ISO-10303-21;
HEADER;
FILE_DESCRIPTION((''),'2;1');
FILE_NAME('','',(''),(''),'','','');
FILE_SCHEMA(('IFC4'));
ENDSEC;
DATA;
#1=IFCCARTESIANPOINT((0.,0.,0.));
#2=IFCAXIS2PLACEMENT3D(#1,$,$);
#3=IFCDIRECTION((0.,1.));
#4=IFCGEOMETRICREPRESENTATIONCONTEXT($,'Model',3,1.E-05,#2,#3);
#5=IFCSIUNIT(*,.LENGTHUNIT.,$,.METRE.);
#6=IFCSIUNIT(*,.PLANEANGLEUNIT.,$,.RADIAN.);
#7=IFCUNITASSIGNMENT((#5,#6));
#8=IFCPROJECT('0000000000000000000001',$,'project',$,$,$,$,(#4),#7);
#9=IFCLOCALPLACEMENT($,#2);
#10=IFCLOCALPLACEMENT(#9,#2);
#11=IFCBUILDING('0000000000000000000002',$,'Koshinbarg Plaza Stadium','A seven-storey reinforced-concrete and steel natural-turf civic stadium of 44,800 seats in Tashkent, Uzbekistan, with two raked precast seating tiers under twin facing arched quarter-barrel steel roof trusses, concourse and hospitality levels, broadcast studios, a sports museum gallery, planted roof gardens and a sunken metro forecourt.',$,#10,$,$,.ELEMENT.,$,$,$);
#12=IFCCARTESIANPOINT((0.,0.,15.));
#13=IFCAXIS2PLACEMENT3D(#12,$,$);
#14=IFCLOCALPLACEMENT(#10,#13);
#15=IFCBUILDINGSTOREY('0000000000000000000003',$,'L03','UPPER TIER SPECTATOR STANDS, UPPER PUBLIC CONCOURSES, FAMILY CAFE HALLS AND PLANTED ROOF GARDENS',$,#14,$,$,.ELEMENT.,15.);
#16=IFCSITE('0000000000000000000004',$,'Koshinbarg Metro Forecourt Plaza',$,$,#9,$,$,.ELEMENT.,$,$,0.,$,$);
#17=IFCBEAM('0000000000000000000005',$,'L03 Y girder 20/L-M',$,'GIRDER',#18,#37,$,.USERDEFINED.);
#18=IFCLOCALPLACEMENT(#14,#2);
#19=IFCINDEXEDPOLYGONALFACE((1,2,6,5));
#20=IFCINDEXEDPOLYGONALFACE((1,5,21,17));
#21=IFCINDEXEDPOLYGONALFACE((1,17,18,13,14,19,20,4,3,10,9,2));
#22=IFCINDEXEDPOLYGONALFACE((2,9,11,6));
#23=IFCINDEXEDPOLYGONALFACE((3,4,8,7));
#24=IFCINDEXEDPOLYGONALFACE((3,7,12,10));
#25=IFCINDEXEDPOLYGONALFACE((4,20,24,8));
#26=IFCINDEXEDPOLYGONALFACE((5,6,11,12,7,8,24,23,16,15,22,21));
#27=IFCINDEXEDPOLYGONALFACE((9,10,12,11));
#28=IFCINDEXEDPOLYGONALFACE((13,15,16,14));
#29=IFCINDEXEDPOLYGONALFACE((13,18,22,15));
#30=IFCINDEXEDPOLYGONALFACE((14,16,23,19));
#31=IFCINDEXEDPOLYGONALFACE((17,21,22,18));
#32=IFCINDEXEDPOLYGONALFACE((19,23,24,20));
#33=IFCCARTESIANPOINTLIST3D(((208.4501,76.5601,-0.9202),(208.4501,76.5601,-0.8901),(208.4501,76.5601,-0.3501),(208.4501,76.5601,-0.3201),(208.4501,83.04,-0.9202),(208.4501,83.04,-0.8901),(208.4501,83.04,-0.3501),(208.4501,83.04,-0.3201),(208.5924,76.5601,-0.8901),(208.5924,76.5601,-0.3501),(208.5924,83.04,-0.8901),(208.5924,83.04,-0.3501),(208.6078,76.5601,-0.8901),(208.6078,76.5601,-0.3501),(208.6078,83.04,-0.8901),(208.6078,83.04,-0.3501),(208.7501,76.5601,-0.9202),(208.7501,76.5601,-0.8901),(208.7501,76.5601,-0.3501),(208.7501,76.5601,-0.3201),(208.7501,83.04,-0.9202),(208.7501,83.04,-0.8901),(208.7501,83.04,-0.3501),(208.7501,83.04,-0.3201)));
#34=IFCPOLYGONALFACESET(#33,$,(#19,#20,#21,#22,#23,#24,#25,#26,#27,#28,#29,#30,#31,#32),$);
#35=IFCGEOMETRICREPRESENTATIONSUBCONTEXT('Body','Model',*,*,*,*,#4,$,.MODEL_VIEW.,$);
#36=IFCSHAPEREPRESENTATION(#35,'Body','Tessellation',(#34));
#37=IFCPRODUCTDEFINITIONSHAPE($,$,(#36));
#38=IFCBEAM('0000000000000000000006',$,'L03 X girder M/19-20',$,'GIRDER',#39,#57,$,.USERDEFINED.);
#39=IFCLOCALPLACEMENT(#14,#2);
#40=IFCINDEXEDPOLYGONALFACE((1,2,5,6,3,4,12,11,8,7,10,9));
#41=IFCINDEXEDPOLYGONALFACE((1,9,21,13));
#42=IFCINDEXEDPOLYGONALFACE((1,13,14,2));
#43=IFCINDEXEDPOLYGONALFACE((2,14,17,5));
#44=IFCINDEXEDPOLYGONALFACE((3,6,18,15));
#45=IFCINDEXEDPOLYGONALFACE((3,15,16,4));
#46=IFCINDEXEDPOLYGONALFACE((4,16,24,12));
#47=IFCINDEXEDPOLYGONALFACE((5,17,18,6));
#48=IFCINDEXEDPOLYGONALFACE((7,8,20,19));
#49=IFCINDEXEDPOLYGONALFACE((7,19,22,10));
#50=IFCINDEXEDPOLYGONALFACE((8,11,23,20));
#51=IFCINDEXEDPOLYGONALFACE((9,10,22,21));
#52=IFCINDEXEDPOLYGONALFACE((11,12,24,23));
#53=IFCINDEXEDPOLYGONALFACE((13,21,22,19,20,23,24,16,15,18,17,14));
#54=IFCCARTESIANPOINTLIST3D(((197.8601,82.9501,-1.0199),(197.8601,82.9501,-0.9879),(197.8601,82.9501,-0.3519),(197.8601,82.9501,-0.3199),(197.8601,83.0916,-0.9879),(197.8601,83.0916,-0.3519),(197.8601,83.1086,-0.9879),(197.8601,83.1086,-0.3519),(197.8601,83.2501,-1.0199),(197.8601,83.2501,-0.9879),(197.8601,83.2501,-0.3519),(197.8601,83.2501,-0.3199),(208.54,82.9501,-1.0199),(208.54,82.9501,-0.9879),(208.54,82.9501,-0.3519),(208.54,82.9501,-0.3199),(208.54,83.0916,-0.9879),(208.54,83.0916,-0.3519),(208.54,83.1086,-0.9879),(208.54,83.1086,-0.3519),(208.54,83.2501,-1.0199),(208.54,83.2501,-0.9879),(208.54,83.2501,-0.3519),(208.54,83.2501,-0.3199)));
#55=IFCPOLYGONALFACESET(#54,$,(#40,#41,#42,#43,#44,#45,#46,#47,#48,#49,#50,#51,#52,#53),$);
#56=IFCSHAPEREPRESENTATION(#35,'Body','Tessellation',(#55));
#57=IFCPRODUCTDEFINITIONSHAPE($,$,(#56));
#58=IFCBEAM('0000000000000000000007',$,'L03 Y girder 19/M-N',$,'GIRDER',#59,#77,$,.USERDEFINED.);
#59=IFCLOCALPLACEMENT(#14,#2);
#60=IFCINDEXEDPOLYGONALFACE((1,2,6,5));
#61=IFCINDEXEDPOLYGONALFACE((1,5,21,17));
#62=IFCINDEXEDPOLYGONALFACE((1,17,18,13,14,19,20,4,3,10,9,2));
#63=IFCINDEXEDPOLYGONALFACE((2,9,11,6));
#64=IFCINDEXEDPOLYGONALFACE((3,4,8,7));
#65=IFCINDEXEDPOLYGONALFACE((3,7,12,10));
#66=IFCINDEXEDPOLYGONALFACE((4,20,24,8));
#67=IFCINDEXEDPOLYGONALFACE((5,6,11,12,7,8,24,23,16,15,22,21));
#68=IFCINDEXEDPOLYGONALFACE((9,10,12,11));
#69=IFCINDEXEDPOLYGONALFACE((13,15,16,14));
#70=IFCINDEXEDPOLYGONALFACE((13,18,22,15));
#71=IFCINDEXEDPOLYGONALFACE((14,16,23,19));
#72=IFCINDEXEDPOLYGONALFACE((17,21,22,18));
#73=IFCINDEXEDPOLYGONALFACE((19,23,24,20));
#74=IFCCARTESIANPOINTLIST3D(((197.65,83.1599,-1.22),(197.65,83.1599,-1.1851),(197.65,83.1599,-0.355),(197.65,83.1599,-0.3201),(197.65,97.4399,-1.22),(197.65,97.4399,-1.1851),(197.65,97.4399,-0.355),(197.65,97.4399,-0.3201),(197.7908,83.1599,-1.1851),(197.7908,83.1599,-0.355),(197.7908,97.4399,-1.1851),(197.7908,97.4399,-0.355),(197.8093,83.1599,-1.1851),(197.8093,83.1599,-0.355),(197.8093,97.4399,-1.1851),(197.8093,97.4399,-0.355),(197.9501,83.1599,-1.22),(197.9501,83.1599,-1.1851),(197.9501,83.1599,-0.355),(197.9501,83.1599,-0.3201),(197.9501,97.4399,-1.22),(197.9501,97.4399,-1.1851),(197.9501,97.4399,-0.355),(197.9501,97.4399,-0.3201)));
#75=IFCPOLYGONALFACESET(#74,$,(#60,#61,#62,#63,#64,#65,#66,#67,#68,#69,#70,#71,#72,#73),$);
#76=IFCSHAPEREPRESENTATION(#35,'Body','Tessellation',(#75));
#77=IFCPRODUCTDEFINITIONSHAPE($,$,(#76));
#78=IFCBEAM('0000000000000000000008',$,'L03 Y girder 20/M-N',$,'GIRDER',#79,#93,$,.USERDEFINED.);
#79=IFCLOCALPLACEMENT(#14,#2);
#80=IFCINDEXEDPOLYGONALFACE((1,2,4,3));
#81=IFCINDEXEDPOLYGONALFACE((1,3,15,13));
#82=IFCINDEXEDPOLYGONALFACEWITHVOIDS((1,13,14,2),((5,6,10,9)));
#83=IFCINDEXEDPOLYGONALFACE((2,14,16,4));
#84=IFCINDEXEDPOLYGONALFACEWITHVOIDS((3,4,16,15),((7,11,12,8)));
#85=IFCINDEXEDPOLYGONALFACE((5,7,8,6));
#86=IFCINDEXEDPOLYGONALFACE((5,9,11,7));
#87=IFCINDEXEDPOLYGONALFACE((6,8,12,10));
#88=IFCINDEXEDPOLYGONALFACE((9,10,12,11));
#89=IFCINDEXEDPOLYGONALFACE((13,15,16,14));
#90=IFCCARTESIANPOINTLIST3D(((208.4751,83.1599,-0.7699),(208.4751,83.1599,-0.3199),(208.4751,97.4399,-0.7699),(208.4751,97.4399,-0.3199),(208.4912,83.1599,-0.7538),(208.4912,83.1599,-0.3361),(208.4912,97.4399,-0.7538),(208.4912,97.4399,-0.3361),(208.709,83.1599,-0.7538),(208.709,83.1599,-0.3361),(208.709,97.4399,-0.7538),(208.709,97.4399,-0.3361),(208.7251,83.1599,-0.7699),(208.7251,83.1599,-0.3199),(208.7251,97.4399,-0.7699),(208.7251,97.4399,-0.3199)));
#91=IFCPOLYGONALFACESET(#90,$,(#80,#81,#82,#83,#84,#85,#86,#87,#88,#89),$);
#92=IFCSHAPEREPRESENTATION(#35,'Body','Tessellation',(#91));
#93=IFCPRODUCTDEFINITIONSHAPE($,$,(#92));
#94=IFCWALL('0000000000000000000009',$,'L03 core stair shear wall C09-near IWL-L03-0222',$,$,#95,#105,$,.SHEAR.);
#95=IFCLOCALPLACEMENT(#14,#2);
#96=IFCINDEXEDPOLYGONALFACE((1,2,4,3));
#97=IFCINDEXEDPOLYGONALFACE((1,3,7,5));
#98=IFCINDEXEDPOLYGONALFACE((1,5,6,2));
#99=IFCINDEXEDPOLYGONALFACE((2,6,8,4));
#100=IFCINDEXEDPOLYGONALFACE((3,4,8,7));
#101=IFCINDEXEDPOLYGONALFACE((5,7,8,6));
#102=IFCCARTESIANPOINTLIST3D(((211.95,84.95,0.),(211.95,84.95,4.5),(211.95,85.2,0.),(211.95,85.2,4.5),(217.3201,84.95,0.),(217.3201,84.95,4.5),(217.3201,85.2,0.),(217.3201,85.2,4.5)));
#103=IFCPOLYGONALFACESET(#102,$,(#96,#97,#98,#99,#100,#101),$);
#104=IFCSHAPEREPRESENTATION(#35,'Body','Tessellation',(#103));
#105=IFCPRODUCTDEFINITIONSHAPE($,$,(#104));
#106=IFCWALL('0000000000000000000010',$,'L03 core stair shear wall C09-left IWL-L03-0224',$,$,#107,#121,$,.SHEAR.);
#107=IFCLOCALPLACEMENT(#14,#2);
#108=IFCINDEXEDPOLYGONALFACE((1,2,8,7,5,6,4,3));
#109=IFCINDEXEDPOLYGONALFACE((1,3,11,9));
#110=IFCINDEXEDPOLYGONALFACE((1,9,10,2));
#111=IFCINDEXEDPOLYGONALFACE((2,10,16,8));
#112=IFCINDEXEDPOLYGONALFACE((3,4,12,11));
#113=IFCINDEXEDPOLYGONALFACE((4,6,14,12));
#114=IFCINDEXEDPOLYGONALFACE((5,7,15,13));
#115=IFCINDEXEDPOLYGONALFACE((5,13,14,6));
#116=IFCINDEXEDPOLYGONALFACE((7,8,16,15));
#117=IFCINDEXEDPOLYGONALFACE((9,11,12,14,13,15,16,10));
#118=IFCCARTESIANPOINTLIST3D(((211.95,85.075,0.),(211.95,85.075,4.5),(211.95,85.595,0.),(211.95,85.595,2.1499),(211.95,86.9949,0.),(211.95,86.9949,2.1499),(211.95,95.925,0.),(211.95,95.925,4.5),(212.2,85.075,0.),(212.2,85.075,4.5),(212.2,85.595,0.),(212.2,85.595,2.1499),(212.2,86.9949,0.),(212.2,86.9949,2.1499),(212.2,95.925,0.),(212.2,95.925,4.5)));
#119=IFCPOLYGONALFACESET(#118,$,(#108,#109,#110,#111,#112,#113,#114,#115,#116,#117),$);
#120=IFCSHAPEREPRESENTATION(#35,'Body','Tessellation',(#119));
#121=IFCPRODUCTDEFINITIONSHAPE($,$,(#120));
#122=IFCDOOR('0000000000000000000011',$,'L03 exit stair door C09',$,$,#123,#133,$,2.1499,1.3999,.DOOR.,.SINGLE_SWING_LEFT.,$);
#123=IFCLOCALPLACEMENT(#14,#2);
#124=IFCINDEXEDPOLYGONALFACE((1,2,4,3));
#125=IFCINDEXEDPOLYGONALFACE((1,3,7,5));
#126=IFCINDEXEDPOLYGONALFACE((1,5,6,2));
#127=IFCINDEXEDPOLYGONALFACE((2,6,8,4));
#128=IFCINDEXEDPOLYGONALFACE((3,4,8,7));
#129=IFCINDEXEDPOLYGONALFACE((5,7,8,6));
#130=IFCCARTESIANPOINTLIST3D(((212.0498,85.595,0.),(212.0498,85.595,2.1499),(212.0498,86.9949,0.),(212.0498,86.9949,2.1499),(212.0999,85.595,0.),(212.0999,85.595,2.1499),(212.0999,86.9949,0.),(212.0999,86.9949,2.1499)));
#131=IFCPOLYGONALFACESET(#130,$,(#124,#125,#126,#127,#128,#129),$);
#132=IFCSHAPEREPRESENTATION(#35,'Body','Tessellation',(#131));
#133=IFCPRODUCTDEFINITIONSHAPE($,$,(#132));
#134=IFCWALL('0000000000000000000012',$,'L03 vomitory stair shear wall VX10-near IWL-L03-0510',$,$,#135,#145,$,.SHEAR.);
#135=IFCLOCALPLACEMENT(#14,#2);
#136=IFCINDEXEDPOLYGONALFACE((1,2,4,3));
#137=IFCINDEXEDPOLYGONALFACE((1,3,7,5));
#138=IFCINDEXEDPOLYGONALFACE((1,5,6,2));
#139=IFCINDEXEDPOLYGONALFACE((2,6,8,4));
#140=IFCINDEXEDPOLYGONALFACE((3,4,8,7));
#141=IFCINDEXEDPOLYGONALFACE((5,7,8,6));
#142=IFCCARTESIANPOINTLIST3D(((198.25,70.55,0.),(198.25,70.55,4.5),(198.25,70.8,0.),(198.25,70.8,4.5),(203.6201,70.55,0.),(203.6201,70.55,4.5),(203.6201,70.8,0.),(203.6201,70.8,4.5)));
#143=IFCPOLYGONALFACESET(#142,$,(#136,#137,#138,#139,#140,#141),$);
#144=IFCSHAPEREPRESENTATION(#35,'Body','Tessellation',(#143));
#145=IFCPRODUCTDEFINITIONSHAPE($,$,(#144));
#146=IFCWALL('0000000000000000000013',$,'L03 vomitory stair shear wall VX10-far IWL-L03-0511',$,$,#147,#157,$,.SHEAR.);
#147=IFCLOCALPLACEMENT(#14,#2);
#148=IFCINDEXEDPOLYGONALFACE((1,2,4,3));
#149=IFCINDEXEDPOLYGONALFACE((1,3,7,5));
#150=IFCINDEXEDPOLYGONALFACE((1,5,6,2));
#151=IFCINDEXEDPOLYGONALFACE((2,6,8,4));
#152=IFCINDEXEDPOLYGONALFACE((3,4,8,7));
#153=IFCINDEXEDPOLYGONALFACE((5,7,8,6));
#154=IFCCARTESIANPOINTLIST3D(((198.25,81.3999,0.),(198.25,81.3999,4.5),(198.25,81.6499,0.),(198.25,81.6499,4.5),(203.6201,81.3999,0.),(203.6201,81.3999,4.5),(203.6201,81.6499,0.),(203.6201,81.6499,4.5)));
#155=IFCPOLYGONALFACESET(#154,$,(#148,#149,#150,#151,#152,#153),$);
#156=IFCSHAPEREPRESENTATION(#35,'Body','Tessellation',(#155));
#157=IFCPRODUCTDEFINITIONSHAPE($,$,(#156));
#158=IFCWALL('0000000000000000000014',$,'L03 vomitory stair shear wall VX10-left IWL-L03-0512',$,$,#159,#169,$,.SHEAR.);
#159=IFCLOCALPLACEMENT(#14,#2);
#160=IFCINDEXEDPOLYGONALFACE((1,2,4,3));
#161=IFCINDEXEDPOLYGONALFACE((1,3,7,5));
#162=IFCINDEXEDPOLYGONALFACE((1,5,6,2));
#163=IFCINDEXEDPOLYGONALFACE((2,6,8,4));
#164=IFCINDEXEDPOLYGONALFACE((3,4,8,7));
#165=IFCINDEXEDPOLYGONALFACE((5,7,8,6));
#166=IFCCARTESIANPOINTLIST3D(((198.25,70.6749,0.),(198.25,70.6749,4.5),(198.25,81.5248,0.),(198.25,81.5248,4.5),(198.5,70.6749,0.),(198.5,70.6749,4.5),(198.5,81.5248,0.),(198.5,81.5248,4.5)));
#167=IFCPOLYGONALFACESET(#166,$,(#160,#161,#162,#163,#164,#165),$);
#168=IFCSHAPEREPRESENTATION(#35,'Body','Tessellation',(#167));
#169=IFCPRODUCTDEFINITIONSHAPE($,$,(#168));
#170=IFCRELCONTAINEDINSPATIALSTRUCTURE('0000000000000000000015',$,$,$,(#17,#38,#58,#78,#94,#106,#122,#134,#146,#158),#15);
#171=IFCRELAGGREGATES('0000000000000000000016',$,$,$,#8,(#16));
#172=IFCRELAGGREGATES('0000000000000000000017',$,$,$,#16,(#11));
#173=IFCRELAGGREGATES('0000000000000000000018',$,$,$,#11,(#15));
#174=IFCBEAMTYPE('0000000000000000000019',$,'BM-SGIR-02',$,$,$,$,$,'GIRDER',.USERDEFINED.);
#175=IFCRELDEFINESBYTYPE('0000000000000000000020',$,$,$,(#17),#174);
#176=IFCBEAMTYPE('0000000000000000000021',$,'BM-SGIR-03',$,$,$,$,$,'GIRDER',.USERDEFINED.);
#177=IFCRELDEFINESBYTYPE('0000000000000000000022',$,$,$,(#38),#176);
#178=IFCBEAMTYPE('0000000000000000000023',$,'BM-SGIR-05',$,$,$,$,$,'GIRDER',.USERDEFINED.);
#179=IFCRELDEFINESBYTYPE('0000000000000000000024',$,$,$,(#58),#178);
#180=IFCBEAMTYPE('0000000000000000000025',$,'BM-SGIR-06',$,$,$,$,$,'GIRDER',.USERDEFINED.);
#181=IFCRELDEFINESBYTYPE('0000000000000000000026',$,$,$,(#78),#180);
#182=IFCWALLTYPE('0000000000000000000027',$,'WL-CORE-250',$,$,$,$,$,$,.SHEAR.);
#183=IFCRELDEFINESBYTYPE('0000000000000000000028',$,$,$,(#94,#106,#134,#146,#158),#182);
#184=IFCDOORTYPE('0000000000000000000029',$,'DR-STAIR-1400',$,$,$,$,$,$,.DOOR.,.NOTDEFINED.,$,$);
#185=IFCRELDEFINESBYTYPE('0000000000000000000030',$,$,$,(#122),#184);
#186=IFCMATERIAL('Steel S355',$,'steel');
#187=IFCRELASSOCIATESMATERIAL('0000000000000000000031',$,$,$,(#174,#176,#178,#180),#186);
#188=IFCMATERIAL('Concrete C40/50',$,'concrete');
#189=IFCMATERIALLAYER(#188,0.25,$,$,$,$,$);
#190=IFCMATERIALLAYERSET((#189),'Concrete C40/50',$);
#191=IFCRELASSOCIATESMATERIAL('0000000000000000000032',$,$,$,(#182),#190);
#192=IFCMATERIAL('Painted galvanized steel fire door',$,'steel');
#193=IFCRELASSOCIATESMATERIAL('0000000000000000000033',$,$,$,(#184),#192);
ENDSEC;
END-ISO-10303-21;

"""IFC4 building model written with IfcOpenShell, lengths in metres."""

from ifc_helpers import new_model, si_unit, direction, frame, frame_2d, origin, origin_2d, place, context, subcontext, project, spatial, rectangle, hollow_rectangle, i_section, extrude, material, layer, layer_set, material_profile, profile_set, type_object, element, fill, save


model = new_model("IFC4")

# Units and contexts
model_context = context("Model", 3, precision=1e-05, world=origin(), true_north=direction((0.0, 1.0)))
body_context = subcontext(model_context, "Body", "Model", "MODEL_VIEW")
ifc_project = project(units=[si_unit("LENGTHUNIT", "METRE"), si_unit("PLANEANGLEUNIT", "RADIAN")], contexts=[model_context])

# Site, building, storey
site_placement = place(None, origin())
site = spatial("IfcSite", under=ifc_project, at=site_placement, Name="Koshinbarg Metro Forecourt Plaza", CompositionType="ELEMENT", RefElevation=0.0)
building_placement = place(site_placement, origin())
building = spatial("IfcBuilding", under=site, at=building_placement, Name="Koshinbarg Plaza Stadium", Description="A seven-storey reinforced-concrete and steel natural-turf civic stadium of 44,800 seats in Tashkent, Uzbekistan, with two raked precast seating tiers under twin facing arched quarter-barrel steel roof trusses, concourse and hospitality levels, broadcast studios, a sports museum gallery, planted roof gardens and a sunken metro forecourt.", CompositionType="ELEMENT")
storey_placement = place(building_placement, frame((0.0, 0.0, 15.0)))
storey = spatial("IfcBuildingStorey", under=building, at=storey_placement, Name="L03", Description="UPPER TIER SPECTATOR STANDS, UPPER PUBLIC CONCOURSES, FAMILY CAFE HALLS AND PLANTED ROOF GARDENS", CompositionType="ELEMENT", Elevation=15.0)

# Shared definitions
ifc_material_1 = material(Name="Steel S355", Category="steel")

# Beams
ifc_material_2 = material(Name="Concrete C40/50", Category="concrete")
ifc_material_profile_1 = material_profile(ifc_material_1, i_section(OverallWidth=0.3, OverallDepth=0.6001, WebThickness=0.0154, FlangeThickness=0.03, at=origin_2d()), Name="HEB 600")
ifc_profile_set_1 = profile_set([ifc_material_profile_1], Name="Steel S355")
beam_type_1 = type_object("IfcBeamType", Name="BM-SGIR-02", ElementType="GIRDER", PredefinedType="USERDEFINED", material=ifc_profile_set_1)
beam_1_placement = place(storey_placement, frame((208.6001, 76.5601, -0.6201), z_axis=(0.0, 1.0, 0.0), x_axis=(-1.0, 0.0, 0.0)))
element("IfcBeam", 1, at=beam_1_placement, inside=storey, type_object=beam_type_1, Name="L03 Y girder 20/L-M", ObjectType="GIRDER", PredefinedType="USERDEFINED", context=body_context, shape_type="SweptSolid", body=[
    extrude(i_section(OverallWidth=0.3, OverallDepth=0.6001, WebThickness=0.0154, FlangeThickness=0.03, at=origin_2d()), origin(), (0.0, 0.0, 1.0), 6.48),
])
ifc_material_profile_2 = material_profile(ifc_material_1, i_section(OverallWidth=0.3, OverallDepth=0.7, WebThickness=0.0171, FlangeThickness=0.032, at=origin_2d()), Name="HEB 700")
ifc_profile_set_2 = profile_set([ifc_material_profile_2], Name="Steel S355")
beam_type_2 = type_object("IfcBeamType", Name="BM-SGIR-03", ElementType="GIRDER", PredefinedType="USERDEFINED", material=ifc_profile_set_2)
beam_2_placement = place(storey_placement, frame((197.8601, 83.1001, -0.6699), z_axis=(1.0, 0.0, 0.0), x_axis=(0.0, 1.0, 0.0)))
element("IfcBeam", 2, at=beam_2_placement, inside=storey, type_object=beam_type_2, Name="L03 X girder M/19-20", ObjectType="GIRDER", PredefinedType="USERDEFINED", context=body_context, shape_type="SweptSolid", body=[
    extrude(i_section(OverallWidth=0.3, OverallDepth=0.7, WebThickness=0.0171, FlangeThickness=0.032, at=origin_2d()), origin(), (0.0, 0.0, 1.0), 10.6799),
])
ifc_material_profile_3 = material_profile(ifc_material_1, i_section(OverallWidth=0.3, OverallDepth=0.8999, WebThickness=0.0186, FlangeThickness=0.0349, at=origin_2d()), Name="HEB 900")
ifc_profile_set_3 = profile_set([ifc_material_profile_3], Name="Steel S355")
beam_type_3 = type_object("IfcBeamType", Name="BM-SGIR-05", ElementType="GIRDER", PredefinedType="USERDEFINED", material=ifc_profile_set_3)
beam_3_placement = place(storey_placement, frame((197.8, 83.1599, -0.77), z_axis=(0.0, 1.0, 0.0), x_axis=(-1.0, 0.0, 0.0)))
element("IfcBeam", 3, at=beam_3_placement, inside=storey, type_object=beam_type_3, Name="L03 Y girder 19/M-N", ObjectType="GIRDER", PredefinedType="USERDEFINED", context=body_context, shape_type="SweptSolid", body=[
    extrude(i_section(OverallWidth=0.3, OverallDepth=0.8999, WebThickness=0.0186, FlangeThickness=0.0349, at=origin_2d()), origin(), (0.0, 0.0, 1.0), 14.28),
])
ifc_material_profile_4 = material_profile(ifc_material_1, hollow_rectangle(XDim=0.25, YDim=0.45, WallThickness=0.0161, at=origin_2d()), Name="RHS 450x250x16")
ifc_profile_set_4 = profile_set([ifc_material_profile_4], Name="Steel S355")
beam_type_4 = type_object("IfcBeamType", Name="BM-SGIR-06", ElementType="GIRDER", PredefinedType="USERDEFINED", material=ifc_profile_set_4)
beam_4_placement = place(storey_placement, frame((208.6001, 83.1599, -0.5449), z_axis=(0.0, 1.0, 0.0), x_axis=(-1.0, 0.0, 0.0)))
element("IfcBeam", 4, at=beam_4_placement, inside=storey, type_object=beam_type_4, Name="L03 Y girder 20/M-N", ObjectType="GIRDER", PredefinedType="USERDEFINED", context=body_context, shape_type="SweptSolid", body=[
    extrude(hollow_rectangle(XDim=0.25, YDim=0.45, WallThickness=0.0161, at=origin_2d()), origin(), (0.0, 0.0, 1.0), 14.28),
])

# Wall
ifc_layer_1 = layer(ifc_material_2, 0.25)
ifc_layer_set_1 = layer_set([ifc_layer_1], Name="Concrete C40/50")
wall_type_1 = type_object("IfcWallType", Name="WL-CORE-250", PredefinedType="SHEAR", material=ifc_layer_set_1)
wall_1_placement = place(storey_placement, frame((211.95, 85.075, 0.0), z_axis=(0.0, 0.0, 1.0), x_axis=(1.0, 0.0, 0.0)))
element("IfcWall", 5, at=wall_1_placement, inside=storey, type_object=wall_type_1, Name="L03 core stair shear wall C09-near IWL-L03-0222", PredefinedType="SHEAR", context=body_context, shape_type="SweptSolid", body=[
    extrude(rectangle(XDim=5.3701, YDim=0.25, at=frame_2d((2.6851, 0.0))), origin(), (0.0, 0.0, 1.0), 4.5),
])

# Wall, opening, door
wall_2_placement = place(storey_placement, frame((212.075, 85.075, 0.0), z_axis=(0.0, 0.0, 1.0), x_axis=(0.0, 1.0, 0.0)))
wall_2 = element("IfcWall", 6, at=wall_2_placement, inside=storey, type_object=wall_type_1, Name="L03 core stair shear wall C09-left IWL-L03-0224", PredefinedType="SHEAR", context=body_context, shape_type="SweptSolid", body=[
    extrude(rectangle(XDim=10.8501, YDim=0.25, at=frame_2d((5.425, 0.0))), origin(), (0.0, 0.0, 1.0), 4.5),
])
opening_1_placement = place(wall_2_placement, frame((0.52, 0.0, 0.0)))
opening_1 = element("IfcOpeningElement", 7, at=opening_1_placement, cuts=wall_2, PredefinedType="OPENING", context=body_context, shape_type="SweptSolid", body=[
    extrude(rectangle(XDim=1.3999, YDim=2.1499, at=frame_2d((0.7, 1.075))), frame((0.0, 0.135, 0.0), z_axis=(0.0, -1.0, 0.0), x_axis=(1.0, 0.0, 0.0)), (0.0, 0.0, 1.0), 0.27),
])
ifc_material_3 = material(Name="Painted galvanized steel fire door", Category="steel")
door_type_1 = type_object("IfcDoorType", Name="DR-STAIR-1400", OperationType="NOTDEFINED", PredefinedType="DOOR", material=ifc_material_3)
door_1_placement = place(opening_1_placement, frame((1.3999, 0.0, 0.0), z_axis=(0.0, 0.0, 1.0), x_axis=(-1.0, 0.0, 0.0)))
door_1 = element("IfcDoor", 8, at=door_1_placement, inside=storey, type_object=door_type_1, Name="L03 exit stair door C09", OperationType="SINGLE_SWING_LEFT", OverallHeight=2.1499, OverallWidth=1.3999, PredefinedType="DOOR", context=body_context, shape_type="SweptSolid", body=[
    extrude(rectangle(XDim=1.3999, YDim=2.1499, at=frame_2d((0.7, 1.075))), frame((0.0, 0.0249, 0.0), z_axis=(0.0, -1.0, 0.0), x_axis=(1.0, 0.0, 0.0)), (0.0, 0.0, 1.0), 0.05),
])
fill(opening_1, door_1)

# Walls
for number, where, z_axis, x_axis, name in (
    (9, (198.25, 70.675, 0.0), (0.0, 0.0, 1.0), (1.0, 0.0, 0.0), "L03 vomitory stair shear wall VX10-near IWL-L03-0510"),
    (10, (203.6201, 81.5249, 0.0), (0.0, 0.0, 1.0), (-1.0, 0.0, 0.0), "L03 vomitory stair shear wall VX10-far IWL-L03-0511"),
):
    element("IfcWall", number, at=place(storey_placement, frame(where, z_axis=z_axis, x_axis=x_axis)), inside=storey, type_object=wall_type_1, Name=name, PredefinedType="SHEAR", context=body_context, shape_type="SweptSolid", body=[
        extrude(rectangle(XDim=5.3701, YDim=0.25, at=frame_2d((2.6851, 0.0))), origin(), (0.0, 0.0, 1.0), 4.5),
    ])
wall_3_placement = place(storey_placement, frame((198.375, 70.675, 0.0), z_axis=(0.0, 0.0, 1.0), x_axis=(0.0, 1.0, 0.0)))
element("IfcWall", 11, at=wall_3_placement, inside=storey, type_object=wall_type_1, Name="L03 vomitory stair shear wall VX10-left IWL-L03-0512", PredefinedType="SHEAR", context=body_context, shape_type="SweptSolid", body=[
    extrude(rectangle(XDim=10.8499, YDim=0.25, at=frame_2d((5.4248, 0.0))), origin(), (0.0, 0.0, 1.0), 4.5),
])

save(model, "model.ifc")
